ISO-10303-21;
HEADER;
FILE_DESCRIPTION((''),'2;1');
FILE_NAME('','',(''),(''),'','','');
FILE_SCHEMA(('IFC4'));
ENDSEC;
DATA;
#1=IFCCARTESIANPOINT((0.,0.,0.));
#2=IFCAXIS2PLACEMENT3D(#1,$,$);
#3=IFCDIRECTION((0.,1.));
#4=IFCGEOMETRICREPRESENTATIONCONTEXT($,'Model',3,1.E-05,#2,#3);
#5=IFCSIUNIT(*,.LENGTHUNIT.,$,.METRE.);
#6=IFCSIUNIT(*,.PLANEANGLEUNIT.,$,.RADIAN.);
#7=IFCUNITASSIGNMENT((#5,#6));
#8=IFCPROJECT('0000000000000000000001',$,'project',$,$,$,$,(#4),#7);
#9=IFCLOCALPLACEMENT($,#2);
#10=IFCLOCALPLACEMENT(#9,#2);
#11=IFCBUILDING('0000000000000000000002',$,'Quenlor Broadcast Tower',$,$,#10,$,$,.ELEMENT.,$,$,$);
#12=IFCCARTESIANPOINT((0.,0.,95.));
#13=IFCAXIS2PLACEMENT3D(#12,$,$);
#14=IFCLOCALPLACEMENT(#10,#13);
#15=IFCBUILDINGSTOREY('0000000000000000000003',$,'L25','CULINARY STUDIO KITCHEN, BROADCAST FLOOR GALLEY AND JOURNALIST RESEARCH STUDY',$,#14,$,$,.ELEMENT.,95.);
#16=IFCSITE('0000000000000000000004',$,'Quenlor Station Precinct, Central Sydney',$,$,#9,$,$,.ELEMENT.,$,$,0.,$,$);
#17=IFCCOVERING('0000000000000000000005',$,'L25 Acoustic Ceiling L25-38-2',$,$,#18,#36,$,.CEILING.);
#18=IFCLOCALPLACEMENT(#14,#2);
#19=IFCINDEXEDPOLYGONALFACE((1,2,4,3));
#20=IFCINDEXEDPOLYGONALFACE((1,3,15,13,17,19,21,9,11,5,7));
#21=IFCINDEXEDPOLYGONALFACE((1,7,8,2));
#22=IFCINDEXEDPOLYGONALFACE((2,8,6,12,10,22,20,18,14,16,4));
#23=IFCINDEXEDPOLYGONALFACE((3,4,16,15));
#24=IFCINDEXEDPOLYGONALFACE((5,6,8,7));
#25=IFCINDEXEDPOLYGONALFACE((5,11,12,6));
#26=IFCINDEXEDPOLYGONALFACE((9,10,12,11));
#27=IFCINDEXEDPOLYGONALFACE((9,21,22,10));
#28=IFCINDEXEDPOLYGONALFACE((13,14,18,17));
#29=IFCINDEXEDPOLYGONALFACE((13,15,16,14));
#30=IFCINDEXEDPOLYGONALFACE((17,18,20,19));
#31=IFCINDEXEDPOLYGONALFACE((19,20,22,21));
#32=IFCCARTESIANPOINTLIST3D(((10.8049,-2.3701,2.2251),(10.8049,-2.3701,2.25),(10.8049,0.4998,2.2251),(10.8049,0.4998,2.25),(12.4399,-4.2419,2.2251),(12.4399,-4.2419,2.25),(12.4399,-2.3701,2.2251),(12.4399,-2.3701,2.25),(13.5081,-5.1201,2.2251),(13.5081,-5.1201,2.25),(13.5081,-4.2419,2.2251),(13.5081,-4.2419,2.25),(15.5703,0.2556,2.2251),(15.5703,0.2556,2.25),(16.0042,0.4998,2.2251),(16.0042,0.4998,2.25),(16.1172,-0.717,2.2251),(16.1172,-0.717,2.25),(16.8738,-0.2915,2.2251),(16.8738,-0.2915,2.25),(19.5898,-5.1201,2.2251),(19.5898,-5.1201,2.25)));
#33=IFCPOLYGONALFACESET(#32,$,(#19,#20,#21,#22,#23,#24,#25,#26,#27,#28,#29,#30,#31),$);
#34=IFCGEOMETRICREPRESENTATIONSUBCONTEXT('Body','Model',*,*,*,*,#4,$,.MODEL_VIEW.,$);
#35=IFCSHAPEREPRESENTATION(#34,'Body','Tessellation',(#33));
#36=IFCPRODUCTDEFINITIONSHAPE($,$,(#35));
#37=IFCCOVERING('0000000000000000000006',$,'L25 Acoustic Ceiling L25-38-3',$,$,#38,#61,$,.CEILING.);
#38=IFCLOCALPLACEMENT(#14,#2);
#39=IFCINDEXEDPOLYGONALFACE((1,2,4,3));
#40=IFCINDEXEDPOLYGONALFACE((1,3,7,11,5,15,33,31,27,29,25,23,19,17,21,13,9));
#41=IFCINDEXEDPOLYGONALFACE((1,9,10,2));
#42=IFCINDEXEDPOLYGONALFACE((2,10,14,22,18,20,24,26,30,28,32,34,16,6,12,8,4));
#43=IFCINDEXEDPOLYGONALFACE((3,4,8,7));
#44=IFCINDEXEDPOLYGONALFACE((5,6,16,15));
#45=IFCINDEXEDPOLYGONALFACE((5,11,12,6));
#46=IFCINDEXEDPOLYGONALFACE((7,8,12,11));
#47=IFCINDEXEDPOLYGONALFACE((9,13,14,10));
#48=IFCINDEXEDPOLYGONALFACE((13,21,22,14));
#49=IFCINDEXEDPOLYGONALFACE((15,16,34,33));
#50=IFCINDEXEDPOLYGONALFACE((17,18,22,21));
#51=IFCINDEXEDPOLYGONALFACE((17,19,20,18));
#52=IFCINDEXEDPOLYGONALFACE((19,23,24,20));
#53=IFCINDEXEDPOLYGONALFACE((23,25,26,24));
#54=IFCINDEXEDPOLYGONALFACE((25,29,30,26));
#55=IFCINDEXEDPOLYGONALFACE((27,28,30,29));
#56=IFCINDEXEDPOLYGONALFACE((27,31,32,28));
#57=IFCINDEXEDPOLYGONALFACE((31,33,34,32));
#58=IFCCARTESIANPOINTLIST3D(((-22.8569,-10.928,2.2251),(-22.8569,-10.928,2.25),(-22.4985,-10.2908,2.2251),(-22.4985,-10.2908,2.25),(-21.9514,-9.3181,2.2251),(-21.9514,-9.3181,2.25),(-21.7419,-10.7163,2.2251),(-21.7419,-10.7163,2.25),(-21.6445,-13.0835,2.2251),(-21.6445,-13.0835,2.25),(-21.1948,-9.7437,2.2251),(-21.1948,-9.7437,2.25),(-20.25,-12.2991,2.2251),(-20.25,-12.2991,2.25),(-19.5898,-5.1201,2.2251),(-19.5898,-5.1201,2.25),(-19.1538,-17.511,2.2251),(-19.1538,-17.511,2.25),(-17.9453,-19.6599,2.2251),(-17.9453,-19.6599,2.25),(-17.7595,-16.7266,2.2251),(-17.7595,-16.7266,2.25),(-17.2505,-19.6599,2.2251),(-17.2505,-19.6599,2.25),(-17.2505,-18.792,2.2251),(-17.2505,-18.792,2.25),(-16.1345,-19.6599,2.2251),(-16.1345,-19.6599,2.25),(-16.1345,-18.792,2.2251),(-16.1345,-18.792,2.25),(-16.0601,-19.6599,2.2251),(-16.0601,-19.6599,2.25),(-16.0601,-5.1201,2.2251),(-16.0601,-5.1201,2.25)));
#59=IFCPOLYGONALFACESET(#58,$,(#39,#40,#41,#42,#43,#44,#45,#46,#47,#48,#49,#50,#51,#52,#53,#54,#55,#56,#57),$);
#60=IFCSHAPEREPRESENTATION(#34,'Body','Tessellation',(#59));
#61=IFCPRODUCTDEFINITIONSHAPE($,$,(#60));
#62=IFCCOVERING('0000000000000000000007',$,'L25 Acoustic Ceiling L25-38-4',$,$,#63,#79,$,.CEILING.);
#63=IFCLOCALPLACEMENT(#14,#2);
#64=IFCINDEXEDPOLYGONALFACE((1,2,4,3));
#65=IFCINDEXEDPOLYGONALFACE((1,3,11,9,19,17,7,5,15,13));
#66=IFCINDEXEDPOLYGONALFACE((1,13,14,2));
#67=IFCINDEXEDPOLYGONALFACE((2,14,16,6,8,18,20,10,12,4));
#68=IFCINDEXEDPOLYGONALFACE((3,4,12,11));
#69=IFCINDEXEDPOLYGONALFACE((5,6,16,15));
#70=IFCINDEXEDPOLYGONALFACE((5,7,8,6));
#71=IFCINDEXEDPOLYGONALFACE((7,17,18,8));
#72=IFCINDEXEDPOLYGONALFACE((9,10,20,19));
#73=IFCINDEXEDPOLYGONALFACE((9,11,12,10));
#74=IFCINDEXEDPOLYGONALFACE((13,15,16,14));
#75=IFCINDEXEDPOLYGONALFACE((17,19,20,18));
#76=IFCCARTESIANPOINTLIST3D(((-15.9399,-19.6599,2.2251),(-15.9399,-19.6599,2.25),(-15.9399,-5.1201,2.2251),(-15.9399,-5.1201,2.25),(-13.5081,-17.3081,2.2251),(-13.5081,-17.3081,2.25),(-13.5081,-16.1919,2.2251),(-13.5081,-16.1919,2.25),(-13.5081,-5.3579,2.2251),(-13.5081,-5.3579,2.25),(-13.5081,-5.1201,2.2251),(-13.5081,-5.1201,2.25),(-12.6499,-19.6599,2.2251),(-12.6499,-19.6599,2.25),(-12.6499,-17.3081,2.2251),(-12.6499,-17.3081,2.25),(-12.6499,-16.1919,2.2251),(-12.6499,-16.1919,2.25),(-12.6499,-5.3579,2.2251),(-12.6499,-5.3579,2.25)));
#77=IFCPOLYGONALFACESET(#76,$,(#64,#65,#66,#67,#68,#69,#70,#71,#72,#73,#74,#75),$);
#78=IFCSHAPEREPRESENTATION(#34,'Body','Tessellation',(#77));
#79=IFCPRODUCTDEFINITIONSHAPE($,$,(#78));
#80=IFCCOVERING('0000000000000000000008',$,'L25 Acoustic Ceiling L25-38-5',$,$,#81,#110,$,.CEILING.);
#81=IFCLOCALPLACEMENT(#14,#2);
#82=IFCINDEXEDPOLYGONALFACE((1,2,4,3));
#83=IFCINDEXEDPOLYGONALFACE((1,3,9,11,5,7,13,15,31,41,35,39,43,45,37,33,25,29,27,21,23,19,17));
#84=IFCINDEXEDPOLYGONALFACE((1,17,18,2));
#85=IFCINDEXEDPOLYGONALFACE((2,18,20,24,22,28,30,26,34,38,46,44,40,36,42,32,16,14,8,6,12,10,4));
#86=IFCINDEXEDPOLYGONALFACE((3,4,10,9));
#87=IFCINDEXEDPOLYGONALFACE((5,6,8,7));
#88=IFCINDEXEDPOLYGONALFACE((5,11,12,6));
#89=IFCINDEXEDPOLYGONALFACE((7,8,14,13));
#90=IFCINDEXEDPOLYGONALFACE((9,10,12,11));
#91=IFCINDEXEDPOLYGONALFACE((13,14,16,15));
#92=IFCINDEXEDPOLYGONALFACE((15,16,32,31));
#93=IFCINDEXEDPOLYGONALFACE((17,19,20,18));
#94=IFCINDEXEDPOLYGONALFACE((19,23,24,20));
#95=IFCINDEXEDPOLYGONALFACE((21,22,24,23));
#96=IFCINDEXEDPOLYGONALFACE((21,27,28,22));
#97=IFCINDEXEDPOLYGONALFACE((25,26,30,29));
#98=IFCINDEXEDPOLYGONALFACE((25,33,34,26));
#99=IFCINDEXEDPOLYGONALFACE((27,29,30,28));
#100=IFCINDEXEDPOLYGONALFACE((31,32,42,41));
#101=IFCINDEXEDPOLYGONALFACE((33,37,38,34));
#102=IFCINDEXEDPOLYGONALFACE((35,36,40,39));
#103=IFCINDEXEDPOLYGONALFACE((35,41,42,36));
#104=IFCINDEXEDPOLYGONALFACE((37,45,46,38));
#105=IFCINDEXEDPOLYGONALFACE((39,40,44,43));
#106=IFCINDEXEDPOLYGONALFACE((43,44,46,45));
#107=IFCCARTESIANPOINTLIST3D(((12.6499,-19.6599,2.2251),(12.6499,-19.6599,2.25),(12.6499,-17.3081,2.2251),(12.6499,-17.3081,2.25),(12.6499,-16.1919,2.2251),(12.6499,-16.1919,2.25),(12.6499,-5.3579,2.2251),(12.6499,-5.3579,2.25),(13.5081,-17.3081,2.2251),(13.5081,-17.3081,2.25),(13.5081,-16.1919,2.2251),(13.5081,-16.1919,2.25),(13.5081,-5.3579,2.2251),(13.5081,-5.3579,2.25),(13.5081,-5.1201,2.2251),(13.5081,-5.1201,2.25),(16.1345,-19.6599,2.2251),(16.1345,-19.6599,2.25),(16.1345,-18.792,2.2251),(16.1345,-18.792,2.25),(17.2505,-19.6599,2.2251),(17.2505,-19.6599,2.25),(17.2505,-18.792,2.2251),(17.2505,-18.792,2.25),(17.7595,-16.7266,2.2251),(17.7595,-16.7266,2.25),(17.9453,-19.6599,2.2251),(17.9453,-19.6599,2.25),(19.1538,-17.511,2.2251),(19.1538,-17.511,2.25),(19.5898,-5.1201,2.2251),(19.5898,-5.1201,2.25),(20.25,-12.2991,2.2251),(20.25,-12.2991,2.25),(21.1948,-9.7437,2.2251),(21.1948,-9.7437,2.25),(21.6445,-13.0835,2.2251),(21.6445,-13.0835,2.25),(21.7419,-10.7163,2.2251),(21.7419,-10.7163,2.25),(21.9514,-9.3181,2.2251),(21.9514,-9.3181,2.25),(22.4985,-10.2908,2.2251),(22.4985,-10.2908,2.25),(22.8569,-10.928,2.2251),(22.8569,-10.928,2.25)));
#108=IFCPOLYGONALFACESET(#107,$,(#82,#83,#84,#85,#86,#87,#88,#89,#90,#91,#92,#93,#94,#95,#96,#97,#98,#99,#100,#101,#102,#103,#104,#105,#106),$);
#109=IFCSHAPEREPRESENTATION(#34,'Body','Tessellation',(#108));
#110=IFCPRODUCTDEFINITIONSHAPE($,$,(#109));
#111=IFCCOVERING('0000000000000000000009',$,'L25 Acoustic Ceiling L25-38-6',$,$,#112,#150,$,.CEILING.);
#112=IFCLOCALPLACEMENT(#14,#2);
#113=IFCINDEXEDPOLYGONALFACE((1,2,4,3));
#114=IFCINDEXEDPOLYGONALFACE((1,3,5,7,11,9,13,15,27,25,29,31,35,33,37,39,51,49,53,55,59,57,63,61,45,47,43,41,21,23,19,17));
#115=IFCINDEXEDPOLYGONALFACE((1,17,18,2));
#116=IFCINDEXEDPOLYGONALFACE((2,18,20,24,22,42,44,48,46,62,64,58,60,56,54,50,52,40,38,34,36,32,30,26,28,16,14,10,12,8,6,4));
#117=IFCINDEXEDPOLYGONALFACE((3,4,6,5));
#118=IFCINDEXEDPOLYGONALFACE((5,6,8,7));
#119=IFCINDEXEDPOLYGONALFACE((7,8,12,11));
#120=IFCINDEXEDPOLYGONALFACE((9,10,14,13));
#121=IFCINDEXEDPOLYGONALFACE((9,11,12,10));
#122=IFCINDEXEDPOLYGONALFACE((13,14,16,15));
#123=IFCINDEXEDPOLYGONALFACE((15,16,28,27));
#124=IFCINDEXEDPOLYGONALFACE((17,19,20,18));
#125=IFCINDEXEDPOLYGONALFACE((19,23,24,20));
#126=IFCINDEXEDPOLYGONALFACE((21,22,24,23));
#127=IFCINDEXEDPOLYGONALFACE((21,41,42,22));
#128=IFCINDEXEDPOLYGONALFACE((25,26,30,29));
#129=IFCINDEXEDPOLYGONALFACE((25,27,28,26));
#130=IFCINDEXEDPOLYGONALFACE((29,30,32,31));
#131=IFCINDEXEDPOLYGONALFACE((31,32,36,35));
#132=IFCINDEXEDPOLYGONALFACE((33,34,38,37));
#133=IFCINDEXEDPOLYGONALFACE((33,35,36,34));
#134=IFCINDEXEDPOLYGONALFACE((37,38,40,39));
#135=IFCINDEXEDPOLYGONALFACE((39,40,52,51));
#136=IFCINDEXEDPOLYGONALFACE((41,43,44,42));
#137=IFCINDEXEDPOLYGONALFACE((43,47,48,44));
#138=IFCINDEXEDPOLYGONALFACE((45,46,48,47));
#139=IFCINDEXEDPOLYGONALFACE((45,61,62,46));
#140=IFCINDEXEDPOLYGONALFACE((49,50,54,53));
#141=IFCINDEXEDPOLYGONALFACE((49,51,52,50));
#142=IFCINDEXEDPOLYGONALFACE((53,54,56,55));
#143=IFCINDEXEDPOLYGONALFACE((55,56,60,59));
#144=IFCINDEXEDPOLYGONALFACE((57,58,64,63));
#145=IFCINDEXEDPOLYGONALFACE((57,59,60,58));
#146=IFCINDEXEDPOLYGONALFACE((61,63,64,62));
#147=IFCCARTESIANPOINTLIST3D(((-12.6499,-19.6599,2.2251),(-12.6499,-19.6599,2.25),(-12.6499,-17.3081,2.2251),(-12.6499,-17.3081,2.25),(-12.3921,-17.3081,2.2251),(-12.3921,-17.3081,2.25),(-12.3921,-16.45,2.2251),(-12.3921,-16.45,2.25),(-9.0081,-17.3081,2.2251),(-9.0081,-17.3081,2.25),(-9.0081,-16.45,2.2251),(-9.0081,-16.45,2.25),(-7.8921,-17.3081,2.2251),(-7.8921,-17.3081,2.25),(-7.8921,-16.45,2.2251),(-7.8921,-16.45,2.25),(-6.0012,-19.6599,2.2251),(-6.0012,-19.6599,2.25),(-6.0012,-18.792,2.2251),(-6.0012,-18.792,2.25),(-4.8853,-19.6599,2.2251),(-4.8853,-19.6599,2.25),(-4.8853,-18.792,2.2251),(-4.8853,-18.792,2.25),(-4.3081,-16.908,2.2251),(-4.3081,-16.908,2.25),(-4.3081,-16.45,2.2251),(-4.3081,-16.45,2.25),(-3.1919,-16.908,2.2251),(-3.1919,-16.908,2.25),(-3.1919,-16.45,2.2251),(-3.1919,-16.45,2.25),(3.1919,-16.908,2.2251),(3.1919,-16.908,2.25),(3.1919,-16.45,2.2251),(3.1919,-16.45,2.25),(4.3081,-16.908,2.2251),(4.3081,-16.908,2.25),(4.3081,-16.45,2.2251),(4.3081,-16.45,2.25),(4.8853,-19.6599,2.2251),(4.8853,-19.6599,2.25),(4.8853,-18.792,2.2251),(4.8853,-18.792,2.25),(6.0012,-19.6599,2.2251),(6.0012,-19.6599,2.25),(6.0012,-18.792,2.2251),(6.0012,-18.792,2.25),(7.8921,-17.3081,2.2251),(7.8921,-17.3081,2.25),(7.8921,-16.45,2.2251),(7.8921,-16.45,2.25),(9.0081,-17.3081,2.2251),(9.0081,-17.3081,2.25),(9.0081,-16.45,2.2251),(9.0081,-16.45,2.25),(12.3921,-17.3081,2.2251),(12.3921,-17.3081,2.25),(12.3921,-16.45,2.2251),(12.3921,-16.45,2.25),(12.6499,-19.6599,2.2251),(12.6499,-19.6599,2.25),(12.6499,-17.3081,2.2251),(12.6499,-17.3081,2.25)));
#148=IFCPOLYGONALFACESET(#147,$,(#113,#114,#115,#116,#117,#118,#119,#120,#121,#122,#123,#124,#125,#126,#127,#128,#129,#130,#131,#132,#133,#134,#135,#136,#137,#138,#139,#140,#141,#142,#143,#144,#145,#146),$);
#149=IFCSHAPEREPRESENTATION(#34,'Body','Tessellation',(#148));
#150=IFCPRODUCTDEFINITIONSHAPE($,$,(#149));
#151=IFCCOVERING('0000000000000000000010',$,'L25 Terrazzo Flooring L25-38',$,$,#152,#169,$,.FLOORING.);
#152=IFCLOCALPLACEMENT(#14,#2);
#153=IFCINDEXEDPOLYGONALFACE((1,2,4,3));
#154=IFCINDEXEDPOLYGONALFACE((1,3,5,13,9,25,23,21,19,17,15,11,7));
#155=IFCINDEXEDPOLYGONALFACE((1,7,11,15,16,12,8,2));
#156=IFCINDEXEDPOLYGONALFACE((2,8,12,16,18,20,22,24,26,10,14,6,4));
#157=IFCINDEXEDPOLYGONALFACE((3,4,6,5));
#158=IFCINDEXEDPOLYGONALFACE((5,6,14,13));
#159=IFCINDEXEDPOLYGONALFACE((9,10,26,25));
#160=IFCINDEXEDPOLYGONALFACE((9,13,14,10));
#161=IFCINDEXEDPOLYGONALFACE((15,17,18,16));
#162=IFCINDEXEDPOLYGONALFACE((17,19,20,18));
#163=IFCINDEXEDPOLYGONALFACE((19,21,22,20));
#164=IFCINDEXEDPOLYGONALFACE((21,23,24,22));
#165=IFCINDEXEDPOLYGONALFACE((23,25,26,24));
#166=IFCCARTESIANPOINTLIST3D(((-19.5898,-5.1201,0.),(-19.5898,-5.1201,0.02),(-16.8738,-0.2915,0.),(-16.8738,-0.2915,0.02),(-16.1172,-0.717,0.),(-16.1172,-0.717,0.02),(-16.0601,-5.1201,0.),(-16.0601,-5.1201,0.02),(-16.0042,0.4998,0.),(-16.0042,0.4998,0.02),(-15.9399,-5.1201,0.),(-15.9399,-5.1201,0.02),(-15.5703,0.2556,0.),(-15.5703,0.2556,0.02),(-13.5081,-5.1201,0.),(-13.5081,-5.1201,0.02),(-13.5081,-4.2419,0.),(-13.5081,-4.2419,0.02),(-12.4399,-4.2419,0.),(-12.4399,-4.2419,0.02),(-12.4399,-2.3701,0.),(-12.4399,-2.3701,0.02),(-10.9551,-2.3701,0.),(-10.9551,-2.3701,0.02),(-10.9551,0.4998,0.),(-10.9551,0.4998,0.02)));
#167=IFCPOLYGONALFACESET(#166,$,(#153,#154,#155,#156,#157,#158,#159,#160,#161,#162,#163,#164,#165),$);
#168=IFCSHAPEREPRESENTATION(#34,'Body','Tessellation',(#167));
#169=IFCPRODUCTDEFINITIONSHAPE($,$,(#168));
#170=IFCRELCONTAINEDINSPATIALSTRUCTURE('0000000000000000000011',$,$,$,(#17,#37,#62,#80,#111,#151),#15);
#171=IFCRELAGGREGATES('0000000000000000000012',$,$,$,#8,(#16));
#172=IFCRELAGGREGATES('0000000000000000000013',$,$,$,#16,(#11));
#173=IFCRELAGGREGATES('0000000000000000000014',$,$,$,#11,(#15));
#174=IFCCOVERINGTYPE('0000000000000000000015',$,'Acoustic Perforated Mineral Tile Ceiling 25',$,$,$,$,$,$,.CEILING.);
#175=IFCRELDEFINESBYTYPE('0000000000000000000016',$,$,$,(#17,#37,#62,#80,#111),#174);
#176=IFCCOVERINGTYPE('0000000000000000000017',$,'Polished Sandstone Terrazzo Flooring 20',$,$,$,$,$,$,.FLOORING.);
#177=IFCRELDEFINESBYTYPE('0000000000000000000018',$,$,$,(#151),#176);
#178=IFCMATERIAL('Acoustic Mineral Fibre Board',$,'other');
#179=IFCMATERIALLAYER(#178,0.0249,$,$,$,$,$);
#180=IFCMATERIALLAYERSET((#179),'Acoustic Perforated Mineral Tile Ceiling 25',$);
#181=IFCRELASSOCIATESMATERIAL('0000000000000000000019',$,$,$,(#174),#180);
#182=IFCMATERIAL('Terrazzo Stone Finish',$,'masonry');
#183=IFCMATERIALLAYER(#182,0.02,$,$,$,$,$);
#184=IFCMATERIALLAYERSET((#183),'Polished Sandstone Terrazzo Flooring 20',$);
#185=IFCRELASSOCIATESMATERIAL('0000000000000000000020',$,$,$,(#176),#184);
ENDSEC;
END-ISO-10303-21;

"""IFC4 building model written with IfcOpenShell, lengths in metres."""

from ifc_helpers import new_model, si_unit, direction, frame, origin, place, context, subcontext, project, spatial, polyline, outline, extrude, material, layer, layer_set, type_object, element, save


model = new_model("IFC4")

# Units and contexts
model_context = context("Model", 3, precision=1e-05, world=origin(), true_north=direction((0.0, 1.0)))
body_context = subcontext(model_context, "Body", "Model", "MODEL_VIEW")
ifc_project = project(units=[si_unit("LENGTHUNIT", "METRE"), si_unit("PLANEANGLEUNIT", "RADIAN")], contexts=[model_context])

# Site, building, storey
site_placement = place(None, origin())
site = spatial("IfcSite", under=ifc_project, at=site_placement, Name="Quenlor Station Precinct, Central Sydney", CompositionType="ELEMENT", RefElevation=0.0)
building_placement = place(site_placement, origin())
building = spatial("IfcBuilding", under=site, at=building_placement, Name="Quenlor Broadcast Tower", CompositionType="ELEMENT")
storey_placement = place(building_placement, frame((0.0, 0.0, 95.0)))
storey = spatial("IfcBuildingStorey", under=building, at=storey_placement, Name="L25", Description="CULINARY STUDIO KITCHEN, BROADCAST FLOOR GALLEY AND JOURNALIST RESEARCH STUDY", CompositionType="ELEMENT", Elevation=95.0)

# Coverings
ifc_material_1 = material(Name="Acoustic Mineral Fibre Board", Category="other")
ifc_layer_1 = layer(ifc_material_1, 0.0249)
ifc_layer_set_1 = layer_set([ifc_layer_1], Name="Acoustic Perforated Mineral Tile Ceiling 25")
covering_type_1 = type_object("IfcCoveringType", Name="Acoustic Perforated Mineral Tile Ceiling 25", PredefinedType="CEILING", material=ifc_layer_set_1)
covering_1_placement = place(storey_placement, frame((0.0, 0.0, 2.2251)))
element("IfcCovering", 1, at=covering_1_placement, inside=storey, type_object=covering_type_1, Name="L25 Acoustic Ceiling L25-38-2", PredefinedType="CEILING", context=body_context, shape_type="SweptSolid", body=[
    extrude(outline(polyline([(13.5081, -4.2419), (12.4399, -4.2419), (12.4399, -2.3701), (10.8049, -2.3701), (10.8049, 0.4998), (16.0042, 0.4998), (15.5703, 0.2556), (16.1172, -0.717), (16.8738, -0.2915), (19.5898, -5.1201), (13.5081, -5.1201), (13.5081, -4.2419)])), origin(), (0.0, 0.0, 1.0), 0.0249),
])
covering_2_placement = place(storey_placement, frame((0.0, 0.0, 2.2251)))
element("IfcCovering", 2, at=covering_2_placement, inside=storey, type_object=covering_type_1, Name="L25 Acoustic Ceiling L25-38-3", PredefinedType="CEILING", context=body_context, shape_type="SweptSolid", body=[
    extrude(outline(polyline([(-22.8569, -10.928), (-22.4985, -10.2908), (-21.7419, -10.7163), (-21.1948, -9.7437), (-21.9514, -9.3181), (-19.5898, -5.1201), (-16.0601, -5.1201), (-16.0601, -19.6599), (-16.1345, -19.6599), (-16.1345, -18.792), (-17.2505, -18.792), (-17.2505, -19.6599), (-17.9453, -19.6599), (-19.1538, -17.511), (-17.7595, -16.7266), (-20.25, -12.2991), (-21.6445, -13.0835), (-22.8569, -10.928)])), origin(), (0.0, 0.0, 1.0), 0.0249),
])
covering_3_placement = place(storey_placement, frame((0.0, 0.0, 2.2251)))
element("IfcCovering", 3, at=covering_3_placement, inside=storey, type_object=covering_type_1, Name="L25 Acoustic Ceiling L25-38-4", PredefinedType="CEILING", context=body_context, shape_type="SweptSolid", body=[
    extrude(outline(polyline([(-13.5081, -5.3579), (-12.6499, -5.3579), (-12.6499, -16.1919), (-13.5081, -16.1919), (-13.5081, -17.3081), (-12.6499, -17.3081), (-12.6499, -19.6599), (-15.9399, -19.6599), (-15.9399, -5.1201), (-13.5081, -5.1201), (-13.5081, -5.3579)])), origin(), (0.0, 0.0, 1.0), 0.0249),
])
covering_4_placement = place(storey_placement, frame((0.0, 0.0, 2.2251)))
element("IfcCovering", 4, at=covering_4_placement, inside=storey, type_object=covering_type_1, Name="L25 Acoustic Ceiling L25-38-5", PredefinedType="CEILING", context=body_context, shape_type="SweptSolid", body=[
    extrude(outline(polyline([(13.5081, -17.3081), (13.5081, -16.1919), (12.6499, -16.1919), (12.6499, -5.3579), (13.5081, -5.3579), (13.5081, -5.1201), (19.5898, -5.1201), (21.9514, -9.3181), (21.1948, -9.7437), (21.7419, -10.7163), (22.4985, -10.2908), (22.8569, -10.928), (21.6445, -13.0835), (20.25, -12.2991), (17.7595, -16.7266), (19.1538, -17.511), (17.9453, -19.6599), (17.2505, -19.6599), (17.2505, -18.792), (16.1345, -18.792), (16.1345, -19.6599), (12.6499, -19.6599), (12.6499, -17.3081), (13.5081, -17.3081)])), origin(), (0.0, 0.0, 1.0), 0.0249),
])
covering_5_placement = place(storey_placement, frame((0.0, 0.0, 2.2251)))
element("IfcCovering", 5, at=covering_5_placement, inside=storey, type_object=covering_type_1, Name="L25 Acoustic Ceiling L25-38-6", PredefinedType="CEILING", context=body_context, shape_type="SweptSolid", body=[
    extrude(outline(polyline([(-12.3921, -17.3081), (-12.3921, -16.45), (-9.0081, -16.45), (-9.0081, -17.3081), (-7.8921, -17.3081), (-7.8921, -16.45), (-4.3081, -16.45), (-4.3081, -16.908), (-3.1919, -16.908), (-3.1919, -16.45), (3.1919, -16.45), (3.1919, -16.908), (4.3081, -16.908), (4.3081, -16.45), (7.8921, -16.45), (7.8921, -17.3081), (9.0081, -17.3081), (9.0081, -16.45), (12.3921, -16.45), (12.3921, -17.3081), (12.6499, -17.3081), (12.6499, -19.6599), (6.0012, -19.6599), (6.0012, -18.792), (4.8853, -18.792), (4.8853, -19.6599), (-4.8853, -19.6599), (-4.8853, -18.792), (-6.0012, -18.792), (-6.0012, -19.6599), (-12.6499, -19.6599), (-12.6499, -17.3081), (-12.3921, -17.3081)])), origin(), (0.0, 0.0, 1.0), 0.0249),
])
ifc_material_2 = material(Name="Terrazzo Stone Finish", Category="masonry")
ifc_layer_2 = layer(ifc_material_2, 0.02)
ifc_layer_set_2 = layer_set([ifc_layer_2], Name="Polished Sandstone Terrazzo Flooring 20")
covering_type_2 = type_object("IfcCoveringType", Name="Polished Sandstone Terrazzo Flooring 20", PredefinedType="FLOORING", material=ifc_layer_set_2)
covering_6_placement = place(storey_placement, origin())
element("IfcCovering", 6, at=covering_6_placement, inside=storey, type_object=covering_type_2, Name="L25 Terrazzo Flooring L25-38", PredefinedType="FLOORING", context=body_context, shape_type="SweptSolid", body=[
    extrude(outline(polyline([(-16.8738, -0.2915), (-16.1172, -0.717), (-15.5703, 0.2556), (-16.0042, 0.4998), (-10.9551, 0.4998), (-10.9551, -2.3701), (-12.4399, -2.3701), (-12.4399, -4.2419), (-13.5081, -4.2419), (-13.5081, -5.1201), (-15.9399, -5.1201), (-16.0601, -5.1201), (-19.5898, -5.1201), (-16.8738, -0.2915)])), origin(), (0.0, 0.0, 1.0), 0.02),
])

save(model, "model.ifc")
